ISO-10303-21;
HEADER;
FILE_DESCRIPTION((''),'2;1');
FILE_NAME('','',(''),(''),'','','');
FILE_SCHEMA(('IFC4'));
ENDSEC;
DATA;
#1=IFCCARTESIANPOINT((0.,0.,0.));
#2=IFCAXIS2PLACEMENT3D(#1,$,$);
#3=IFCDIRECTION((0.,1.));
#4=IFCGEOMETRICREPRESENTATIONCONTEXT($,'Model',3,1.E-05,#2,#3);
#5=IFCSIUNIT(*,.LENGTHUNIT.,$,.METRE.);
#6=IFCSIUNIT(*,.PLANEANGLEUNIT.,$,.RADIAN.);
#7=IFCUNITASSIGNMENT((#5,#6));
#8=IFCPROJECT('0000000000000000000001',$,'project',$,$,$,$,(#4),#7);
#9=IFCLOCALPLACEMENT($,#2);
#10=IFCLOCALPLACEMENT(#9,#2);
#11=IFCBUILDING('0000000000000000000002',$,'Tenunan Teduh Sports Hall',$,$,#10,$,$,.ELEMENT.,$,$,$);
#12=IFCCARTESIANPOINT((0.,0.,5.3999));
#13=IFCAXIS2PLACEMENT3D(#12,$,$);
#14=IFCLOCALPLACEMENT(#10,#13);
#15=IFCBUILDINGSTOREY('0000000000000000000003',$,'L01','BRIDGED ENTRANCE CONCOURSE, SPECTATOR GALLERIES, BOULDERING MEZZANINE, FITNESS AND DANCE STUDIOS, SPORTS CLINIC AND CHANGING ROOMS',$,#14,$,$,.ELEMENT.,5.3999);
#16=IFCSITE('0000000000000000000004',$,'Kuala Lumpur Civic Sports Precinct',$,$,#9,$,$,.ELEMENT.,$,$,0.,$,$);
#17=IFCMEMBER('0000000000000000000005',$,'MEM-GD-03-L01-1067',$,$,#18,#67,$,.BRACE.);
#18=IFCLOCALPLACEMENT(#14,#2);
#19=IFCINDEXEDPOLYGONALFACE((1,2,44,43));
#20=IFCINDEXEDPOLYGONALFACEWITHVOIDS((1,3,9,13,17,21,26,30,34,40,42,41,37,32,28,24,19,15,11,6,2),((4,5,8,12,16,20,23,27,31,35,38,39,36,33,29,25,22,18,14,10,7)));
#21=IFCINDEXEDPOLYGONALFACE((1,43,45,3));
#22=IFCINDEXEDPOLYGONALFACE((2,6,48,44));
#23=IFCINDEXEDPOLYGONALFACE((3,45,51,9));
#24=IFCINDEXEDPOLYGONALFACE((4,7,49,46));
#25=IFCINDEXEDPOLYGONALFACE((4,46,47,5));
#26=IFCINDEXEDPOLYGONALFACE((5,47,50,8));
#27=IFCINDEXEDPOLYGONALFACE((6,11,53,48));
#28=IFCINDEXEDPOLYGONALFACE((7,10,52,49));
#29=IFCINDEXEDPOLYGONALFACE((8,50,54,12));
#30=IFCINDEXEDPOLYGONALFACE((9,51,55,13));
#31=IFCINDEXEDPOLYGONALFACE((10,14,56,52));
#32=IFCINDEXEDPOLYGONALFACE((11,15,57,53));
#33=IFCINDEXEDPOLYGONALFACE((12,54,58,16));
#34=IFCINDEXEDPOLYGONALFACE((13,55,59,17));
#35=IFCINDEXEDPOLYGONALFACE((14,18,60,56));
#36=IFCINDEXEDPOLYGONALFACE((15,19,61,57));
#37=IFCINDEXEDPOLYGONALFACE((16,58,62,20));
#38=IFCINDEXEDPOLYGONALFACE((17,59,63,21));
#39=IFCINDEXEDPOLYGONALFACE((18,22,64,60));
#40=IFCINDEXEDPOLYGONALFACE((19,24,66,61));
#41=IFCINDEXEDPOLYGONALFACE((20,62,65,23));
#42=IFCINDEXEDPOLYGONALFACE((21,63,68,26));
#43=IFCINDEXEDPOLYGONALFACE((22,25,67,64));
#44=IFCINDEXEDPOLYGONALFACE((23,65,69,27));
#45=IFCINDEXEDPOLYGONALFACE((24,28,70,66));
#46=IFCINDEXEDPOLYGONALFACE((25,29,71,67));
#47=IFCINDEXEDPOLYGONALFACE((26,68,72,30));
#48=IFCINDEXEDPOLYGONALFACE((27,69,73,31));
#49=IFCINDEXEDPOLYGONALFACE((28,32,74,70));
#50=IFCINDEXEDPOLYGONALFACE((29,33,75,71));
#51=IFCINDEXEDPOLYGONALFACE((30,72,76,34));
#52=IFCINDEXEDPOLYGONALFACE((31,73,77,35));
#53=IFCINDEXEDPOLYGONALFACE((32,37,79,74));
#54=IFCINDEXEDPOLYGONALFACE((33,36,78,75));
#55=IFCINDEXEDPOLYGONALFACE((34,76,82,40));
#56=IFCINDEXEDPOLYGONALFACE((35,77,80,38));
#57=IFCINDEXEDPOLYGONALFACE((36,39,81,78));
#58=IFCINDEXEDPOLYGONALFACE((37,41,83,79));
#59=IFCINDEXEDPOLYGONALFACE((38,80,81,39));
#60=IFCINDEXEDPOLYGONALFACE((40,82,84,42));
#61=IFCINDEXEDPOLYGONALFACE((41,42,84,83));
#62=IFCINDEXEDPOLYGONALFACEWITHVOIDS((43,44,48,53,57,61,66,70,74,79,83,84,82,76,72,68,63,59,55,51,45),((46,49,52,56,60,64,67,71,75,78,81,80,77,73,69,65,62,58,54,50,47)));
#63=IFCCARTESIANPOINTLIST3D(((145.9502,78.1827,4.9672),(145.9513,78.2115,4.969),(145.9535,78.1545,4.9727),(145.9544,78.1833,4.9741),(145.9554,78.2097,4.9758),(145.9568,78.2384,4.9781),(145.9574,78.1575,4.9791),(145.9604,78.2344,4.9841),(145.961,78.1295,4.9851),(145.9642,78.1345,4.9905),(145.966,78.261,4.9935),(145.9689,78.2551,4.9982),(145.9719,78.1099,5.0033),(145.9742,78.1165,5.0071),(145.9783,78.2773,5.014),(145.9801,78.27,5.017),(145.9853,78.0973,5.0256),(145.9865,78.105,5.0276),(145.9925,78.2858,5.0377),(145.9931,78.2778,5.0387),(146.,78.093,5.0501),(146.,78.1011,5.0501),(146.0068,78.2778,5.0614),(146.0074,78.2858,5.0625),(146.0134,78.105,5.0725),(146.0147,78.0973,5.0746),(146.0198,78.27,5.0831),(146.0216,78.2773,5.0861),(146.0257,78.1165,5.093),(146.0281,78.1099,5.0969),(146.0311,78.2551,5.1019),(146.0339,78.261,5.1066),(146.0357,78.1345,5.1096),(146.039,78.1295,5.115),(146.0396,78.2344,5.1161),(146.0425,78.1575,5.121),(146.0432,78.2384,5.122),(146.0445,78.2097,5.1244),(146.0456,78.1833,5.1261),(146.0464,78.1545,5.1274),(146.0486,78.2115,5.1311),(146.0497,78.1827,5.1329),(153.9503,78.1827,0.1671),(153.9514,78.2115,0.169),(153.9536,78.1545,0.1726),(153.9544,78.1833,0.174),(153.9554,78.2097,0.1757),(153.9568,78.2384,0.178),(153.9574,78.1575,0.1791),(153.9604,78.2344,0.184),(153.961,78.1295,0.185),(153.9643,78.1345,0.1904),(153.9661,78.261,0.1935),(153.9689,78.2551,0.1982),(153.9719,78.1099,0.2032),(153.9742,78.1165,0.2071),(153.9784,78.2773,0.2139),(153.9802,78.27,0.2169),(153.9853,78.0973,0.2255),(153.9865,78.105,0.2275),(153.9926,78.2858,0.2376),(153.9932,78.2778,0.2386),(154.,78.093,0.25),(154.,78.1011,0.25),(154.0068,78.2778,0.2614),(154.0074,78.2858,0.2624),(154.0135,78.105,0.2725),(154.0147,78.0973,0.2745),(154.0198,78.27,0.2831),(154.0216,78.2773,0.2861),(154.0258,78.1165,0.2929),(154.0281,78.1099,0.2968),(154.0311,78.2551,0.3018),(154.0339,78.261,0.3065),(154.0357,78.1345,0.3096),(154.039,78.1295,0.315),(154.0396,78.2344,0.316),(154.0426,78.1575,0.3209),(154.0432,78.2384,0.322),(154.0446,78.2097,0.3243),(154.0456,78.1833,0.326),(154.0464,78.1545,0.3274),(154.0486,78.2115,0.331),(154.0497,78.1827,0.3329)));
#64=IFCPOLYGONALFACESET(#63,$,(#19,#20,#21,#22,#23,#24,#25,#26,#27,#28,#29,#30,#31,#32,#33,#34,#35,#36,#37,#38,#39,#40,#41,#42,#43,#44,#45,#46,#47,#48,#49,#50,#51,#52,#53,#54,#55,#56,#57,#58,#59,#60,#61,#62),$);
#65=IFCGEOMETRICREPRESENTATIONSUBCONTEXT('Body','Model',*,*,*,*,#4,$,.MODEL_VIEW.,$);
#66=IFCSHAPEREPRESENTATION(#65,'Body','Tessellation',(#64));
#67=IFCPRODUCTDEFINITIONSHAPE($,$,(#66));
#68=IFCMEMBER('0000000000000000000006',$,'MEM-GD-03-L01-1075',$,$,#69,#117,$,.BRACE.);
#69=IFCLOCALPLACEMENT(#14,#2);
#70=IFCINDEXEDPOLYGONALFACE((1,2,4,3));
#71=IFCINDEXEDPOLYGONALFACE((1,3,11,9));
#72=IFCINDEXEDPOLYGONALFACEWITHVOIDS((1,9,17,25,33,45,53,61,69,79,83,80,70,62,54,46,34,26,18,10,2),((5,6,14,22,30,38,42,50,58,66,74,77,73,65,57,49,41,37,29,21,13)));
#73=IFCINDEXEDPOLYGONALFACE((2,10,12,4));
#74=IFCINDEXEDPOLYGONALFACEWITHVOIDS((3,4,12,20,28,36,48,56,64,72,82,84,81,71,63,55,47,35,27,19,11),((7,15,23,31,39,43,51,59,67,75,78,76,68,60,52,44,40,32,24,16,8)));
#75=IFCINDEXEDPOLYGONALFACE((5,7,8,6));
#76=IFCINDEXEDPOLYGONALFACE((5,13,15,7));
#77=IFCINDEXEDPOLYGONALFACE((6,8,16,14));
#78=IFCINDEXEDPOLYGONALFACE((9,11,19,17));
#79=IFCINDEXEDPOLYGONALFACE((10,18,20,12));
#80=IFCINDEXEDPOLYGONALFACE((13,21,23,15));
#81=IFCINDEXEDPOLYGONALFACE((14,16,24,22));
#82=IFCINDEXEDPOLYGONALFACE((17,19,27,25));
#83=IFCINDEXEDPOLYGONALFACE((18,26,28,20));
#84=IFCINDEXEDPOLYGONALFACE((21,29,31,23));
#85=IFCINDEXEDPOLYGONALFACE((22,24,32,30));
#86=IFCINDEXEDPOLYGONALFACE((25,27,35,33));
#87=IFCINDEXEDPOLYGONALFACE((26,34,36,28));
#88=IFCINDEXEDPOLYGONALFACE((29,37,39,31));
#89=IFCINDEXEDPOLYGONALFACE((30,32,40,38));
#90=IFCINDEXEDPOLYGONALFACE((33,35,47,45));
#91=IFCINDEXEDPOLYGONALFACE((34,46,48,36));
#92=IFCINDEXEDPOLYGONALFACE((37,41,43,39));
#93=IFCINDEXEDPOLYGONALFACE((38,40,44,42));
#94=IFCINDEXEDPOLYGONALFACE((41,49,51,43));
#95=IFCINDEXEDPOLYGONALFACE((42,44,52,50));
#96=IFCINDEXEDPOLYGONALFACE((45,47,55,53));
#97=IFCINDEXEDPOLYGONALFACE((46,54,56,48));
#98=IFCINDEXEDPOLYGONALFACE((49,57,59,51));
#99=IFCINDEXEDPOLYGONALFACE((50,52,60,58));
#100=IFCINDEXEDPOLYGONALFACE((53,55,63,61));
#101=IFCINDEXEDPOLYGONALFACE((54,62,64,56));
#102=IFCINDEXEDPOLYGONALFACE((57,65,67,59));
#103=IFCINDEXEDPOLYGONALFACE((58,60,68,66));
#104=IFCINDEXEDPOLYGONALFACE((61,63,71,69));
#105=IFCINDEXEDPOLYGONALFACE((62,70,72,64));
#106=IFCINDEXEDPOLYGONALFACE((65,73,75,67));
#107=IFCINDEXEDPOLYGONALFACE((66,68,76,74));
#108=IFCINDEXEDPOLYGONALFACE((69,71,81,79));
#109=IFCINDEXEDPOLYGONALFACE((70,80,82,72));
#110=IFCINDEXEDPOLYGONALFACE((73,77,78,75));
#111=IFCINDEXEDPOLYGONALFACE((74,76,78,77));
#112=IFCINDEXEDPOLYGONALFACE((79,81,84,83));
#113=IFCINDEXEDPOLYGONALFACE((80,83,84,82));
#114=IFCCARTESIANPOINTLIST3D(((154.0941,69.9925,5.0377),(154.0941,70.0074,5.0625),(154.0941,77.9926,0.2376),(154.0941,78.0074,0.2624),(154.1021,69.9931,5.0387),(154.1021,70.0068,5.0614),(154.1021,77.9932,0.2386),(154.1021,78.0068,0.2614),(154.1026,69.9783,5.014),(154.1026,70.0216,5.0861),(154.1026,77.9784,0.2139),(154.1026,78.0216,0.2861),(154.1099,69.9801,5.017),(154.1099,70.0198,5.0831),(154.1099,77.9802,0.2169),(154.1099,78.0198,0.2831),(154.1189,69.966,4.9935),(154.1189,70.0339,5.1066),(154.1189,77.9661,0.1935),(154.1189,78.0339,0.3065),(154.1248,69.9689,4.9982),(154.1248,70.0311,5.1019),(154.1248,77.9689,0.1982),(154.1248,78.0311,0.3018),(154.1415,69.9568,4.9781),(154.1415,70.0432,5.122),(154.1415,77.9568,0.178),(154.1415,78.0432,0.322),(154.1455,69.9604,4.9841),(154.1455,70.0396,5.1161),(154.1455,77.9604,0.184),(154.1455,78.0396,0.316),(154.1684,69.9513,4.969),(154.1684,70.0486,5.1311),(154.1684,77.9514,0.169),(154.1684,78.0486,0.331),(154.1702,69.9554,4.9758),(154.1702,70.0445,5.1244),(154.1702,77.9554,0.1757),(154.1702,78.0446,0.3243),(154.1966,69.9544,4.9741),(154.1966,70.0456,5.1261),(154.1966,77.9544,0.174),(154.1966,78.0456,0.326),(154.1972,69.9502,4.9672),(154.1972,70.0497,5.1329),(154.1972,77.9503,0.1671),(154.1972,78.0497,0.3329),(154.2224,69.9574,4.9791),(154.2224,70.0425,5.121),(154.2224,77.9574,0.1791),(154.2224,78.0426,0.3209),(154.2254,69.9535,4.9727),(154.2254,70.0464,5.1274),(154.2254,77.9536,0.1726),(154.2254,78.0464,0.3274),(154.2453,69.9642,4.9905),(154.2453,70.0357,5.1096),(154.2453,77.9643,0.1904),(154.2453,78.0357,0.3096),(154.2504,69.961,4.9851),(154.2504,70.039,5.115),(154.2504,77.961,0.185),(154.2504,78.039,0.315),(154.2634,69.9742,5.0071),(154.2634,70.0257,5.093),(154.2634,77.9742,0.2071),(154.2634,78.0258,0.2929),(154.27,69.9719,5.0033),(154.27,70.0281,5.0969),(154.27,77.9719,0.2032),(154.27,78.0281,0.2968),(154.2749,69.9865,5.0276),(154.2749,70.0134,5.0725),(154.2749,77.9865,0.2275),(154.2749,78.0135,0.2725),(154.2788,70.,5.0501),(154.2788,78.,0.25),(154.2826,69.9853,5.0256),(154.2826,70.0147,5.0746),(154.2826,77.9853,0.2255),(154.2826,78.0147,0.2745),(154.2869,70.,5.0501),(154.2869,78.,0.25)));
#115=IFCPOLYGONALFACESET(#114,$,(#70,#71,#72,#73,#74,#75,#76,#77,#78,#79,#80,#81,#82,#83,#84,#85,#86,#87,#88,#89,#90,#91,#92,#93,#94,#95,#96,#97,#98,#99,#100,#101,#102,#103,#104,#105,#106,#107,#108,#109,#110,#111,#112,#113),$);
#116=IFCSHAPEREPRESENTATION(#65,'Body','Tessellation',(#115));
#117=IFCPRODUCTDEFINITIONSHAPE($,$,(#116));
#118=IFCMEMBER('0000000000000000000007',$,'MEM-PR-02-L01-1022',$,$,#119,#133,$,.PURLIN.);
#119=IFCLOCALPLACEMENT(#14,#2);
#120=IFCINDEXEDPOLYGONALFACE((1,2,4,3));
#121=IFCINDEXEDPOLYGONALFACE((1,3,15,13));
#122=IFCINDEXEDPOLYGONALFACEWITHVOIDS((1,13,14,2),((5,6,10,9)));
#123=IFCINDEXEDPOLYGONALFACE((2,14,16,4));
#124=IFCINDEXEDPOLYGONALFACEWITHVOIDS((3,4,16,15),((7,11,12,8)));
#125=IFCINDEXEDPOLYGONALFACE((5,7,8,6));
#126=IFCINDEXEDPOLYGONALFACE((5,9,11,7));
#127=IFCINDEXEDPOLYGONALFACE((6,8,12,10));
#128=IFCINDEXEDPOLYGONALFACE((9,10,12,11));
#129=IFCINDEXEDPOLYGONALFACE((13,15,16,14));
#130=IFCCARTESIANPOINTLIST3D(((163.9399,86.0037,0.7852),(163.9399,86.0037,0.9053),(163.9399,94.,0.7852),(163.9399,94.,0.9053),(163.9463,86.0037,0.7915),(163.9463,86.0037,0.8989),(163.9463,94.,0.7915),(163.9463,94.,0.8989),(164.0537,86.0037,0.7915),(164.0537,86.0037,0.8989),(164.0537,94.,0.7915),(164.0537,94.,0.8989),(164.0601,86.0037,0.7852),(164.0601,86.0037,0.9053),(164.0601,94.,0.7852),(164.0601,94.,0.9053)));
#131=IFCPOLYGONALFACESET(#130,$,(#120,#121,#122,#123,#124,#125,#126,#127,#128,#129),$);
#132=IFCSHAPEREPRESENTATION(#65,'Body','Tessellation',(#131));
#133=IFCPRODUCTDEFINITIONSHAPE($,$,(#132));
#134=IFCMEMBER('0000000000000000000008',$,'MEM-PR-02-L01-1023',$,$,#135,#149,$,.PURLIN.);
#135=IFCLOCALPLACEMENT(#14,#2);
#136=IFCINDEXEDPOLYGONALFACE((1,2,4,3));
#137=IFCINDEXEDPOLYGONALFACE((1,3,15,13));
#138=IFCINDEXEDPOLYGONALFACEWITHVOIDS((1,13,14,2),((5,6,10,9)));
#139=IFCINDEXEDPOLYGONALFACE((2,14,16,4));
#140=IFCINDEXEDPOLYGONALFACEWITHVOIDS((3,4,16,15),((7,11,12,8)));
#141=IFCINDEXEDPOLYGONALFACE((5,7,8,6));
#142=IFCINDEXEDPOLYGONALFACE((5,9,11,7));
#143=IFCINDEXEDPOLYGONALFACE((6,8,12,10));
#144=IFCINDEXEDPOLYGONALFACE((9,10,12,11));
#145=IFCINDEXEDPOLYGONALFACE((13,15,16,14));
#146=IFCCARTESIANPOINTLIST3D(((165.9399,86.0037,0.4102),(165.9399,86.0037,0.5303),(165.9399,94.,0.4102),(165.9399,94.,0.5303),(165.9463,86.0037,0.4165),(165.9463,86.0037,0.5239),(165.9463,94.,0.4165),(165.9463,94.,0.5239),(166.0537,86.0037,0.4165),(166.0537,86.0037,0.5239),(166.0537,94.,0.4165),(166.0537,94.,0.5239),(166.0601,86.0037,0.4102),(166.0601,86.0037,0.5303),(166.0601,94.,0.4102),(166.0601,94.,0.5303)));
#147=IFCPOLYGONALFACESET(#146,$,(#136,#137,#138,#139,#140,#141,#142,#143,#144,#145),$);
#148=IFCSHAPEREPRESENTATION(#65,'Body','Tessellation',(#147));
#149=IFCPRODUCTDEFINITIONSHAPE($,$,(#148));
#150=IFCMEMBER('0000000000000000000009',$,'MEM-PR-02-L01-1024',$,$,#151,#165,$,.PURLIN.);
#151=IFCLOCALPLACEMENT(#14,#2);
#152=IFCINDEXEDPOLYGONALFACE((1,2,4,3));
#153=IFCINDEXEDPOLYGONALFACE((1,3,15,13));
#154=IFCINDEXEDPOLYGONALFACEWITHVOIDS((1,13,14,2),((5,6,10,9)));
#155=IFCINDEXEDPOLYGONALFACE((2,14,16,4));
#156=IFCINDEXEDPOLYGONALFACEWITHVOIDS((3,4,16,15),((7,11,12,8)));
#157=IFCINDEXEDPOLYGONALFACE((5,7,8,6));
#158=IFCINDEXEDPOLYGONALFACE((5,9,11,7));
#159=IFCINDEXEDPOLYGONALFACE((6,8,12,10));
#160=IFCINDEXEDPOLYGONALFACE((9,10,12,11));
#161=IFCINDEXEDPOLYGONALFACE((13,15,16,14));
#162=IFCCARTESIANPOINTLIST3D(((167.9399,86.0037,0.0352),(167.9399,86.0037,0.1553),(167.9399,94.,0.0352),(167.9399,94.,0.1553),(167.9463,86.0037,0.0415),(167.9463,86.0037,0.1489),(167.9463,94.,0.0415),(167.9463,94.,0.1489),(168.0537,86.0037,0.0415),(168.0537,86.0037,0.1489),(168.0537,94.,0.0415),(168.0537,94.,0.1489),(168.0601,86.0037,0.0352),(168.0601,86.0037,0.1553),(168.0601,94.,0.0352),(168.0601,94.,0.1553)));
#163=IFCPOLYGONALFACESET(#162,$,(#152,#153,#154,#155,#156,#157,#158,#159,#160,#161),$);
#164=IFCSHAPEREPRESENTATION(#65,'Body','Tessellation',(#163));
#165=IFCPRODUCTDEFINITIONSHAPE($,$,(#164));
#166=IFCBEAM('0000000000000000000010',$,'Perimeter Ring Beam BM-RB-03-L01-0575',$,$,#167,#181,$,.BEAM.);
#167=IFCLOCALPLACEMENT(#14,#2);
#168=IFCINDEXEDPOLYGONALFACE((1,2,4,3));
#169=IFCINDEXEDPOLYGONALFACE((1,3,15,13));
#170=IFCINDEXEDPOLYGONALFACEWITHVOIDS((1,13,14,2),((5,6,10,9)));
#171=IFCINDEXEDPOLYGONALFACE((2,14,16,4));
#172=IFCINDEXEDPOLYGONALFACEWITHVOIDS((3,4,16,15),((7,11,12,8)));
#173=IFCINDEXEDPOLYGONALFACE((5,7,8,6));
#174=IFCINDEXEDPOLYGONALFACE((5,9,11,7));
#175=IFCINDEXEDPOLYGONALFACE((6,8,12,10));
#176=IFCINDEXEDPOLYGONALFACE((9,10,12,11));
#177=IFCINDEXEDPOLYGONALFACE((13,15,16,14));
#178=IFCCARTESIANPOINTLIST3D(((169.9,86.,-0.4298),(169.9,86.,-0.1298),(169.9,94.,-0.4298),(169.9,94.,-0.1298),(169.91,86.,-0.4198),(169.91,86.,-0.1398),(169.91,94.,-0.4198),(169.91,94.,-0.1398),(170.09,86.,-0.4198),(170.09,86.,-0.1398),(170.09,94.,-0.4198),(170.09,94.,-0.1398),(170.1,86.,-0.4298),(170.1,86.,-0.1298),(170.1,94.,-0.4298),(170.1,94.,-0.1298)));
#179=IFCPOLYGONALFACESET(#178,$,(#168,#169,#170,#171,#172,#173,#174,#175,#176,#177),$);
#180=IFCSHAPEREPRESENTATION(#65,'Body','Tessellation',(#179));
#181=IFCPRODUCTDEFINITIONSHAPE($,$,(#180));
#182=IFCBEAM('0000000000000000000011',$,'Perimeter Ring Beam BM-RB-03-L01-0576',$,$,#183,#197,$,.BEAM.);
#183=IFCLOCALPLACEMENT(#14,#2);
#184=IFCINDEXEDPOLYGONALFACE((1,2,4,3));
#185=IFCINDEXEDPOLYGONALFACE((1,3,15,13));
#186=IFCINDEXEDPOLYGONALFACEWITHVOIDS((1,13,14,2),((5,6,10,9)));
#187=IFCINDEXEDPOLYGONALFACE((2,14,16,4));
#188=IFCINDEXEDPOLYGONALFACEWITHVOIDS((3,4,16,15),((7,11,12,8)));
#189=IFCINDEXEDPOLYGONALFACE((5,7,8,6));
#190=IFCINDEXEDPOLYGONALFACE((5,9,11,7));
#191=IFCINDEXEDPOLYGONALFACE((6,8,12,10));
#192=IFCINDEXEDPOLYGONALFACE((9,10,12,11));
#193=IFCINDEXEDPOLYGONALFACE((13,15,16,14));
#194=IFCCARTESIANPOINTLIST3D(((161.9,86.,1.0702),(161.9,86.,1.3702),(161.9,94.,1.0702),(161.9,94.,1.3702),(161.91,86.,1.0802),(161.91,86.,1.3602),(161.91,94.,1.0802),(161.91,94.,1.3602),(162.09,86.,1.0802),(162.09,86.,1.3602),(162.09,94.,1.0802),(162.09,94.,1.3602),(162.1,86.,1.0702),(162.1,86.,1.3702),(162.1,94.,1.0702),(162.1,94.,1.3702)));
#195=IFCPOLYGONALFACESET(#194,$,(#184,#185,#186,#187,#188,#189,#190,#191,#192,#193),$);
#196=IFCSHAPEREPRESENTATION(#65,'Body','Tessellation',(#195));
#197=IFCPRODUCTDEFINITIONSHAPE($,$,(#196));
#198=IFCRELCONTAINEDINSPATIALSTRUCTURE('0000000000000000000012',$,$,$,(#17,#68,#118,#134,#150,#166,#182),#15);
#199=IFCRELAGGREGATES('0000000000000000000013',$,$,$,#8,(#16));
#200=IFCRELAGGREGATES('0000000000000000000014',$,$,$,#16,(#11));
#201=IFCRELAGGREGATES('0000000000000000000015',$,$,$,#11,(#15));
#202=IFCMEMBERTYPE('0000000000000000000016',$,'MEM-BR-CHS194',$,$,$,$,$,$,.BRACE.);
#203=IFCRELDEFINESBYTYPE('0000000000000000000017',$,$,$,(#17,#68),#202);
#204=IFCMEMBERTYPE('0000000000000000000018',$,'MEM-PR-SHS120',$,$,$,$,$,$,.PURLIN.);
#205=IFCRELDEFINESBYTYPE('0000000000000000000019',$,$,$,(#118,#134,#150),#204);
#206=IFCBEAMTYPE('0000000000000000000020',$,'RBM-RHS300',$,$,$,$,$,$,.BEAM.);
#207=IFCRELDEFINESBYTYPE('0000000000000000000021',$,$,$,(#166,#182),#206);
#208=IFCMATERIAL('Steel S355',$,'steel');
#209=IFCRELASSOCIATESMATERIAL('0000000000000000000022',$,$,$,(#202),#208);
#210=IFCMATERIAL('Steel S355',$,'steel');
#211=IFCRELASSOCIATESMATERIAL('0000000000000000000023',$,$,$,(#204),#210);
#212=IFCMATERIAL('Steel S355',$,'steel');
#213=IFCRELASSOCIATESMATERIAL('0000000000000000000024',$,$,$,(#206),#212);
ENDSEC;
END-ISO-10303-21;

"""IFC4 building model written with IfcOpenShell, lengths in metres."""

from ifc_helpers import new_model, si_unit, direction, frame, origin, origin_2d, place, context, subcontext, project, spatial, hollow_rectangle, hollow_circle, extrude, material, material_profile, profile_set, type_object, element, save


model = new_model("IFC4")

# Units and contexts
model_context = context("Model", 3, precision=1e-05, world=origin(), true_north=direction((0.0, 1.0)))
body_context = subcontext(model_context, "Body", "Model", "MODEL_VIEW")
ifc_project = project(units=[si_unit("LENGTHUNIT", "METRE"), si_unit("PLANEANGLEUNIT", "RADIAN")], contexts=[model_context])

# Site, building, storey
site_placement = place(None, origin())
site = spatial("IfcSite", under=ifc_project, at=site_placement, Name="Kuala Lumpur Civic Sports Precinct", CompositionType="ELEMENT", RefElevation=0.0)
building_placement = place(site_placement, origin())
building = spatial("IfcBuilding", under=site, at=building_placement, Name="Tenunan Teduh Sports Hall", CompositionType="ELEMENT")
storey_placement = place(building_placement, frame((0.0, 0.0, 5.3999)))
storey = spatial("IfcBuildingStorey", under=building, at=storey_placement, Name="L01", Description="BRIDGED ENTRANCE CONCOURSE, SPECTATOR GALLERIES, BOULDERING MEZZANINE, FITNESS AND DANCE STUDIOS, SPORTS CLINIC AND CHANGING ROOMS", CompositionType="ELEMENT", Elevation=5.3999)

# Members
ifc_material_1 = material(Name="Steel S355", Category="steel")
ifc_material_profile_1 = material_profile(ifc_material_1, hollow_circle(Radius=0.0969, WallThickness=0.0081, at=origin_2d()), Name="CHS 193.7x8.0")
ifc_profile_set_1 = profile_set([ifc_material_profile_1], Name="Steel S355")
member_type_1 = type_object("IfcMemberType", Name="MEM-BR-CHS194", PredefinedType="BRACE", material=ifc_profile_set_1)
for number, where, z_axis, x_axis, name in (
    (1, (154.0, 78.1899, 0.25), (-0.857491, 0.0, 0.5145), (0.0, -1.0, 0.0), "MEM-GD-03-L01-1067"),
    (2, (154.1899, 78.0, 0.25), (0.0, -0.857491, 0.5145), (1.0, 0.0, 0.0), "MEM-GD-03-L01-1075"),
):
    element("IfcMember", number, at=place(storey_placement, frame(where, z_axis=z_axis, x_axis=x_axis)), inside=storey, type_object=member_type_1, Name=name, PredefinedType="BRACE", context=body_context, shape_type="SweptSolid", body=[
        extrude(hollow_circle(Radius=0.0969, WallThickness=0.0081, at=origin_2d()), origin(), (0.0, 0.0, 1.0), 9.3296),
    ])
ifc_material_2 = material(Name="Steel S355", Category="steel")
ifc_material_profile_2 = material_profile(ifc_material_2, hollow_rectangle(XDim=0.1201, YDim=0.1201, WallThickness=0.0063, at=origin_2d()), Name="SHS 120x120x6.3")
ifc_profile_set_2 = profile_set([ifc_material_profile_2], Name="Steel S355")
member_type_2 = type_object("IfcMemberType", Name="MEM-PR-SHS120", PredefinedType="PURLIN", material=ifc_profile_set_2)
for number, where, z_axis, x_axis, name in (
    (3, (164.0, 86.0037, 0.8452), (0.0, 1.0, 0.0), (-1.0, 0.0, 0.0), "MEM-PR-02-L01-1022"),
    (4, (166.0, 86.0037, 0.4702), (0.0, 1.0, 0.0), (-1.0, 0.0, 0.0), "MEM-PR-02-L01-1023"),
    (5, (168.0, 86.0037, 0.0952), (0.0, 1.0, 0.0), (-1.0, 0.0, 0.0), "MEM-PR-02-L01-1024"),
):
    element("IfcMember", number, at=place(storey_placement, frame(where, z_axis=z_axis, x_axis=x_axis)), inside=storey, type_object=member_type_2, Name=name, PredefinedType="PURLIN", context=body_context, shape_type="SweptSolid", body=[
        extrude(hollow_rectangle(XDim=0.1201, YDim=0.1201, WallThickness=0.0063, at=origin_2d()), origin(), (0.0, 0.0, 1.0), 7.9963),
    ])

# Beams
ifc_material_3 = material(Name="Steel S355", Category="steel")
ifc_material_profile_3 = material_profile(ifc_material_3, hollow_rectangle(XDim=0.2, YDim=0.3, WallThickness=0.01, at=origin_2d()), Name="RHS 300x200x10.0")
ifc_profile_set_3 = profile_set([ifc_material_profile_3], Name="Steel S355")
beam_type_1 = type_object("IfcBeamType", Name="RBM-RHS300", PredefinedType="BEAM", material=ifc_profile_set_3)
for number, where, z_axis, x_axis, name in (
    (6, (170.0, 86.0, -0.2798), (0.0, 1.0, 0.0), (-1.0, 0.0, 0.0), "Perimeter Ring Beam BM-RB-03-L01-0575"),
    (7, (162.0, 86.0, 1.2202), (0.0, 1.0, 0.0), (-1.0, 0.0, 0.0), "Perimeter Ring Beam BM-RB-03-L01-0576"),
):
    element("IfcBeam", number, at=place(storey_placement, frame(where, z_axis=z_axis, x_axis=x_axis)), inside=storey, type_object=beam_type_1, Name=name, PredefinedType="BEAM", context=body_context, shape_type="SweptSolid", body=[
        extrude(hollow_rectangle(XDim=0.2, YDim=0.3, WallThickness=0.01, at=origin_2d()), origin(), (0.0, 0.0, 1.0), 8.0),
    ])

save(model, "model.ifc")
